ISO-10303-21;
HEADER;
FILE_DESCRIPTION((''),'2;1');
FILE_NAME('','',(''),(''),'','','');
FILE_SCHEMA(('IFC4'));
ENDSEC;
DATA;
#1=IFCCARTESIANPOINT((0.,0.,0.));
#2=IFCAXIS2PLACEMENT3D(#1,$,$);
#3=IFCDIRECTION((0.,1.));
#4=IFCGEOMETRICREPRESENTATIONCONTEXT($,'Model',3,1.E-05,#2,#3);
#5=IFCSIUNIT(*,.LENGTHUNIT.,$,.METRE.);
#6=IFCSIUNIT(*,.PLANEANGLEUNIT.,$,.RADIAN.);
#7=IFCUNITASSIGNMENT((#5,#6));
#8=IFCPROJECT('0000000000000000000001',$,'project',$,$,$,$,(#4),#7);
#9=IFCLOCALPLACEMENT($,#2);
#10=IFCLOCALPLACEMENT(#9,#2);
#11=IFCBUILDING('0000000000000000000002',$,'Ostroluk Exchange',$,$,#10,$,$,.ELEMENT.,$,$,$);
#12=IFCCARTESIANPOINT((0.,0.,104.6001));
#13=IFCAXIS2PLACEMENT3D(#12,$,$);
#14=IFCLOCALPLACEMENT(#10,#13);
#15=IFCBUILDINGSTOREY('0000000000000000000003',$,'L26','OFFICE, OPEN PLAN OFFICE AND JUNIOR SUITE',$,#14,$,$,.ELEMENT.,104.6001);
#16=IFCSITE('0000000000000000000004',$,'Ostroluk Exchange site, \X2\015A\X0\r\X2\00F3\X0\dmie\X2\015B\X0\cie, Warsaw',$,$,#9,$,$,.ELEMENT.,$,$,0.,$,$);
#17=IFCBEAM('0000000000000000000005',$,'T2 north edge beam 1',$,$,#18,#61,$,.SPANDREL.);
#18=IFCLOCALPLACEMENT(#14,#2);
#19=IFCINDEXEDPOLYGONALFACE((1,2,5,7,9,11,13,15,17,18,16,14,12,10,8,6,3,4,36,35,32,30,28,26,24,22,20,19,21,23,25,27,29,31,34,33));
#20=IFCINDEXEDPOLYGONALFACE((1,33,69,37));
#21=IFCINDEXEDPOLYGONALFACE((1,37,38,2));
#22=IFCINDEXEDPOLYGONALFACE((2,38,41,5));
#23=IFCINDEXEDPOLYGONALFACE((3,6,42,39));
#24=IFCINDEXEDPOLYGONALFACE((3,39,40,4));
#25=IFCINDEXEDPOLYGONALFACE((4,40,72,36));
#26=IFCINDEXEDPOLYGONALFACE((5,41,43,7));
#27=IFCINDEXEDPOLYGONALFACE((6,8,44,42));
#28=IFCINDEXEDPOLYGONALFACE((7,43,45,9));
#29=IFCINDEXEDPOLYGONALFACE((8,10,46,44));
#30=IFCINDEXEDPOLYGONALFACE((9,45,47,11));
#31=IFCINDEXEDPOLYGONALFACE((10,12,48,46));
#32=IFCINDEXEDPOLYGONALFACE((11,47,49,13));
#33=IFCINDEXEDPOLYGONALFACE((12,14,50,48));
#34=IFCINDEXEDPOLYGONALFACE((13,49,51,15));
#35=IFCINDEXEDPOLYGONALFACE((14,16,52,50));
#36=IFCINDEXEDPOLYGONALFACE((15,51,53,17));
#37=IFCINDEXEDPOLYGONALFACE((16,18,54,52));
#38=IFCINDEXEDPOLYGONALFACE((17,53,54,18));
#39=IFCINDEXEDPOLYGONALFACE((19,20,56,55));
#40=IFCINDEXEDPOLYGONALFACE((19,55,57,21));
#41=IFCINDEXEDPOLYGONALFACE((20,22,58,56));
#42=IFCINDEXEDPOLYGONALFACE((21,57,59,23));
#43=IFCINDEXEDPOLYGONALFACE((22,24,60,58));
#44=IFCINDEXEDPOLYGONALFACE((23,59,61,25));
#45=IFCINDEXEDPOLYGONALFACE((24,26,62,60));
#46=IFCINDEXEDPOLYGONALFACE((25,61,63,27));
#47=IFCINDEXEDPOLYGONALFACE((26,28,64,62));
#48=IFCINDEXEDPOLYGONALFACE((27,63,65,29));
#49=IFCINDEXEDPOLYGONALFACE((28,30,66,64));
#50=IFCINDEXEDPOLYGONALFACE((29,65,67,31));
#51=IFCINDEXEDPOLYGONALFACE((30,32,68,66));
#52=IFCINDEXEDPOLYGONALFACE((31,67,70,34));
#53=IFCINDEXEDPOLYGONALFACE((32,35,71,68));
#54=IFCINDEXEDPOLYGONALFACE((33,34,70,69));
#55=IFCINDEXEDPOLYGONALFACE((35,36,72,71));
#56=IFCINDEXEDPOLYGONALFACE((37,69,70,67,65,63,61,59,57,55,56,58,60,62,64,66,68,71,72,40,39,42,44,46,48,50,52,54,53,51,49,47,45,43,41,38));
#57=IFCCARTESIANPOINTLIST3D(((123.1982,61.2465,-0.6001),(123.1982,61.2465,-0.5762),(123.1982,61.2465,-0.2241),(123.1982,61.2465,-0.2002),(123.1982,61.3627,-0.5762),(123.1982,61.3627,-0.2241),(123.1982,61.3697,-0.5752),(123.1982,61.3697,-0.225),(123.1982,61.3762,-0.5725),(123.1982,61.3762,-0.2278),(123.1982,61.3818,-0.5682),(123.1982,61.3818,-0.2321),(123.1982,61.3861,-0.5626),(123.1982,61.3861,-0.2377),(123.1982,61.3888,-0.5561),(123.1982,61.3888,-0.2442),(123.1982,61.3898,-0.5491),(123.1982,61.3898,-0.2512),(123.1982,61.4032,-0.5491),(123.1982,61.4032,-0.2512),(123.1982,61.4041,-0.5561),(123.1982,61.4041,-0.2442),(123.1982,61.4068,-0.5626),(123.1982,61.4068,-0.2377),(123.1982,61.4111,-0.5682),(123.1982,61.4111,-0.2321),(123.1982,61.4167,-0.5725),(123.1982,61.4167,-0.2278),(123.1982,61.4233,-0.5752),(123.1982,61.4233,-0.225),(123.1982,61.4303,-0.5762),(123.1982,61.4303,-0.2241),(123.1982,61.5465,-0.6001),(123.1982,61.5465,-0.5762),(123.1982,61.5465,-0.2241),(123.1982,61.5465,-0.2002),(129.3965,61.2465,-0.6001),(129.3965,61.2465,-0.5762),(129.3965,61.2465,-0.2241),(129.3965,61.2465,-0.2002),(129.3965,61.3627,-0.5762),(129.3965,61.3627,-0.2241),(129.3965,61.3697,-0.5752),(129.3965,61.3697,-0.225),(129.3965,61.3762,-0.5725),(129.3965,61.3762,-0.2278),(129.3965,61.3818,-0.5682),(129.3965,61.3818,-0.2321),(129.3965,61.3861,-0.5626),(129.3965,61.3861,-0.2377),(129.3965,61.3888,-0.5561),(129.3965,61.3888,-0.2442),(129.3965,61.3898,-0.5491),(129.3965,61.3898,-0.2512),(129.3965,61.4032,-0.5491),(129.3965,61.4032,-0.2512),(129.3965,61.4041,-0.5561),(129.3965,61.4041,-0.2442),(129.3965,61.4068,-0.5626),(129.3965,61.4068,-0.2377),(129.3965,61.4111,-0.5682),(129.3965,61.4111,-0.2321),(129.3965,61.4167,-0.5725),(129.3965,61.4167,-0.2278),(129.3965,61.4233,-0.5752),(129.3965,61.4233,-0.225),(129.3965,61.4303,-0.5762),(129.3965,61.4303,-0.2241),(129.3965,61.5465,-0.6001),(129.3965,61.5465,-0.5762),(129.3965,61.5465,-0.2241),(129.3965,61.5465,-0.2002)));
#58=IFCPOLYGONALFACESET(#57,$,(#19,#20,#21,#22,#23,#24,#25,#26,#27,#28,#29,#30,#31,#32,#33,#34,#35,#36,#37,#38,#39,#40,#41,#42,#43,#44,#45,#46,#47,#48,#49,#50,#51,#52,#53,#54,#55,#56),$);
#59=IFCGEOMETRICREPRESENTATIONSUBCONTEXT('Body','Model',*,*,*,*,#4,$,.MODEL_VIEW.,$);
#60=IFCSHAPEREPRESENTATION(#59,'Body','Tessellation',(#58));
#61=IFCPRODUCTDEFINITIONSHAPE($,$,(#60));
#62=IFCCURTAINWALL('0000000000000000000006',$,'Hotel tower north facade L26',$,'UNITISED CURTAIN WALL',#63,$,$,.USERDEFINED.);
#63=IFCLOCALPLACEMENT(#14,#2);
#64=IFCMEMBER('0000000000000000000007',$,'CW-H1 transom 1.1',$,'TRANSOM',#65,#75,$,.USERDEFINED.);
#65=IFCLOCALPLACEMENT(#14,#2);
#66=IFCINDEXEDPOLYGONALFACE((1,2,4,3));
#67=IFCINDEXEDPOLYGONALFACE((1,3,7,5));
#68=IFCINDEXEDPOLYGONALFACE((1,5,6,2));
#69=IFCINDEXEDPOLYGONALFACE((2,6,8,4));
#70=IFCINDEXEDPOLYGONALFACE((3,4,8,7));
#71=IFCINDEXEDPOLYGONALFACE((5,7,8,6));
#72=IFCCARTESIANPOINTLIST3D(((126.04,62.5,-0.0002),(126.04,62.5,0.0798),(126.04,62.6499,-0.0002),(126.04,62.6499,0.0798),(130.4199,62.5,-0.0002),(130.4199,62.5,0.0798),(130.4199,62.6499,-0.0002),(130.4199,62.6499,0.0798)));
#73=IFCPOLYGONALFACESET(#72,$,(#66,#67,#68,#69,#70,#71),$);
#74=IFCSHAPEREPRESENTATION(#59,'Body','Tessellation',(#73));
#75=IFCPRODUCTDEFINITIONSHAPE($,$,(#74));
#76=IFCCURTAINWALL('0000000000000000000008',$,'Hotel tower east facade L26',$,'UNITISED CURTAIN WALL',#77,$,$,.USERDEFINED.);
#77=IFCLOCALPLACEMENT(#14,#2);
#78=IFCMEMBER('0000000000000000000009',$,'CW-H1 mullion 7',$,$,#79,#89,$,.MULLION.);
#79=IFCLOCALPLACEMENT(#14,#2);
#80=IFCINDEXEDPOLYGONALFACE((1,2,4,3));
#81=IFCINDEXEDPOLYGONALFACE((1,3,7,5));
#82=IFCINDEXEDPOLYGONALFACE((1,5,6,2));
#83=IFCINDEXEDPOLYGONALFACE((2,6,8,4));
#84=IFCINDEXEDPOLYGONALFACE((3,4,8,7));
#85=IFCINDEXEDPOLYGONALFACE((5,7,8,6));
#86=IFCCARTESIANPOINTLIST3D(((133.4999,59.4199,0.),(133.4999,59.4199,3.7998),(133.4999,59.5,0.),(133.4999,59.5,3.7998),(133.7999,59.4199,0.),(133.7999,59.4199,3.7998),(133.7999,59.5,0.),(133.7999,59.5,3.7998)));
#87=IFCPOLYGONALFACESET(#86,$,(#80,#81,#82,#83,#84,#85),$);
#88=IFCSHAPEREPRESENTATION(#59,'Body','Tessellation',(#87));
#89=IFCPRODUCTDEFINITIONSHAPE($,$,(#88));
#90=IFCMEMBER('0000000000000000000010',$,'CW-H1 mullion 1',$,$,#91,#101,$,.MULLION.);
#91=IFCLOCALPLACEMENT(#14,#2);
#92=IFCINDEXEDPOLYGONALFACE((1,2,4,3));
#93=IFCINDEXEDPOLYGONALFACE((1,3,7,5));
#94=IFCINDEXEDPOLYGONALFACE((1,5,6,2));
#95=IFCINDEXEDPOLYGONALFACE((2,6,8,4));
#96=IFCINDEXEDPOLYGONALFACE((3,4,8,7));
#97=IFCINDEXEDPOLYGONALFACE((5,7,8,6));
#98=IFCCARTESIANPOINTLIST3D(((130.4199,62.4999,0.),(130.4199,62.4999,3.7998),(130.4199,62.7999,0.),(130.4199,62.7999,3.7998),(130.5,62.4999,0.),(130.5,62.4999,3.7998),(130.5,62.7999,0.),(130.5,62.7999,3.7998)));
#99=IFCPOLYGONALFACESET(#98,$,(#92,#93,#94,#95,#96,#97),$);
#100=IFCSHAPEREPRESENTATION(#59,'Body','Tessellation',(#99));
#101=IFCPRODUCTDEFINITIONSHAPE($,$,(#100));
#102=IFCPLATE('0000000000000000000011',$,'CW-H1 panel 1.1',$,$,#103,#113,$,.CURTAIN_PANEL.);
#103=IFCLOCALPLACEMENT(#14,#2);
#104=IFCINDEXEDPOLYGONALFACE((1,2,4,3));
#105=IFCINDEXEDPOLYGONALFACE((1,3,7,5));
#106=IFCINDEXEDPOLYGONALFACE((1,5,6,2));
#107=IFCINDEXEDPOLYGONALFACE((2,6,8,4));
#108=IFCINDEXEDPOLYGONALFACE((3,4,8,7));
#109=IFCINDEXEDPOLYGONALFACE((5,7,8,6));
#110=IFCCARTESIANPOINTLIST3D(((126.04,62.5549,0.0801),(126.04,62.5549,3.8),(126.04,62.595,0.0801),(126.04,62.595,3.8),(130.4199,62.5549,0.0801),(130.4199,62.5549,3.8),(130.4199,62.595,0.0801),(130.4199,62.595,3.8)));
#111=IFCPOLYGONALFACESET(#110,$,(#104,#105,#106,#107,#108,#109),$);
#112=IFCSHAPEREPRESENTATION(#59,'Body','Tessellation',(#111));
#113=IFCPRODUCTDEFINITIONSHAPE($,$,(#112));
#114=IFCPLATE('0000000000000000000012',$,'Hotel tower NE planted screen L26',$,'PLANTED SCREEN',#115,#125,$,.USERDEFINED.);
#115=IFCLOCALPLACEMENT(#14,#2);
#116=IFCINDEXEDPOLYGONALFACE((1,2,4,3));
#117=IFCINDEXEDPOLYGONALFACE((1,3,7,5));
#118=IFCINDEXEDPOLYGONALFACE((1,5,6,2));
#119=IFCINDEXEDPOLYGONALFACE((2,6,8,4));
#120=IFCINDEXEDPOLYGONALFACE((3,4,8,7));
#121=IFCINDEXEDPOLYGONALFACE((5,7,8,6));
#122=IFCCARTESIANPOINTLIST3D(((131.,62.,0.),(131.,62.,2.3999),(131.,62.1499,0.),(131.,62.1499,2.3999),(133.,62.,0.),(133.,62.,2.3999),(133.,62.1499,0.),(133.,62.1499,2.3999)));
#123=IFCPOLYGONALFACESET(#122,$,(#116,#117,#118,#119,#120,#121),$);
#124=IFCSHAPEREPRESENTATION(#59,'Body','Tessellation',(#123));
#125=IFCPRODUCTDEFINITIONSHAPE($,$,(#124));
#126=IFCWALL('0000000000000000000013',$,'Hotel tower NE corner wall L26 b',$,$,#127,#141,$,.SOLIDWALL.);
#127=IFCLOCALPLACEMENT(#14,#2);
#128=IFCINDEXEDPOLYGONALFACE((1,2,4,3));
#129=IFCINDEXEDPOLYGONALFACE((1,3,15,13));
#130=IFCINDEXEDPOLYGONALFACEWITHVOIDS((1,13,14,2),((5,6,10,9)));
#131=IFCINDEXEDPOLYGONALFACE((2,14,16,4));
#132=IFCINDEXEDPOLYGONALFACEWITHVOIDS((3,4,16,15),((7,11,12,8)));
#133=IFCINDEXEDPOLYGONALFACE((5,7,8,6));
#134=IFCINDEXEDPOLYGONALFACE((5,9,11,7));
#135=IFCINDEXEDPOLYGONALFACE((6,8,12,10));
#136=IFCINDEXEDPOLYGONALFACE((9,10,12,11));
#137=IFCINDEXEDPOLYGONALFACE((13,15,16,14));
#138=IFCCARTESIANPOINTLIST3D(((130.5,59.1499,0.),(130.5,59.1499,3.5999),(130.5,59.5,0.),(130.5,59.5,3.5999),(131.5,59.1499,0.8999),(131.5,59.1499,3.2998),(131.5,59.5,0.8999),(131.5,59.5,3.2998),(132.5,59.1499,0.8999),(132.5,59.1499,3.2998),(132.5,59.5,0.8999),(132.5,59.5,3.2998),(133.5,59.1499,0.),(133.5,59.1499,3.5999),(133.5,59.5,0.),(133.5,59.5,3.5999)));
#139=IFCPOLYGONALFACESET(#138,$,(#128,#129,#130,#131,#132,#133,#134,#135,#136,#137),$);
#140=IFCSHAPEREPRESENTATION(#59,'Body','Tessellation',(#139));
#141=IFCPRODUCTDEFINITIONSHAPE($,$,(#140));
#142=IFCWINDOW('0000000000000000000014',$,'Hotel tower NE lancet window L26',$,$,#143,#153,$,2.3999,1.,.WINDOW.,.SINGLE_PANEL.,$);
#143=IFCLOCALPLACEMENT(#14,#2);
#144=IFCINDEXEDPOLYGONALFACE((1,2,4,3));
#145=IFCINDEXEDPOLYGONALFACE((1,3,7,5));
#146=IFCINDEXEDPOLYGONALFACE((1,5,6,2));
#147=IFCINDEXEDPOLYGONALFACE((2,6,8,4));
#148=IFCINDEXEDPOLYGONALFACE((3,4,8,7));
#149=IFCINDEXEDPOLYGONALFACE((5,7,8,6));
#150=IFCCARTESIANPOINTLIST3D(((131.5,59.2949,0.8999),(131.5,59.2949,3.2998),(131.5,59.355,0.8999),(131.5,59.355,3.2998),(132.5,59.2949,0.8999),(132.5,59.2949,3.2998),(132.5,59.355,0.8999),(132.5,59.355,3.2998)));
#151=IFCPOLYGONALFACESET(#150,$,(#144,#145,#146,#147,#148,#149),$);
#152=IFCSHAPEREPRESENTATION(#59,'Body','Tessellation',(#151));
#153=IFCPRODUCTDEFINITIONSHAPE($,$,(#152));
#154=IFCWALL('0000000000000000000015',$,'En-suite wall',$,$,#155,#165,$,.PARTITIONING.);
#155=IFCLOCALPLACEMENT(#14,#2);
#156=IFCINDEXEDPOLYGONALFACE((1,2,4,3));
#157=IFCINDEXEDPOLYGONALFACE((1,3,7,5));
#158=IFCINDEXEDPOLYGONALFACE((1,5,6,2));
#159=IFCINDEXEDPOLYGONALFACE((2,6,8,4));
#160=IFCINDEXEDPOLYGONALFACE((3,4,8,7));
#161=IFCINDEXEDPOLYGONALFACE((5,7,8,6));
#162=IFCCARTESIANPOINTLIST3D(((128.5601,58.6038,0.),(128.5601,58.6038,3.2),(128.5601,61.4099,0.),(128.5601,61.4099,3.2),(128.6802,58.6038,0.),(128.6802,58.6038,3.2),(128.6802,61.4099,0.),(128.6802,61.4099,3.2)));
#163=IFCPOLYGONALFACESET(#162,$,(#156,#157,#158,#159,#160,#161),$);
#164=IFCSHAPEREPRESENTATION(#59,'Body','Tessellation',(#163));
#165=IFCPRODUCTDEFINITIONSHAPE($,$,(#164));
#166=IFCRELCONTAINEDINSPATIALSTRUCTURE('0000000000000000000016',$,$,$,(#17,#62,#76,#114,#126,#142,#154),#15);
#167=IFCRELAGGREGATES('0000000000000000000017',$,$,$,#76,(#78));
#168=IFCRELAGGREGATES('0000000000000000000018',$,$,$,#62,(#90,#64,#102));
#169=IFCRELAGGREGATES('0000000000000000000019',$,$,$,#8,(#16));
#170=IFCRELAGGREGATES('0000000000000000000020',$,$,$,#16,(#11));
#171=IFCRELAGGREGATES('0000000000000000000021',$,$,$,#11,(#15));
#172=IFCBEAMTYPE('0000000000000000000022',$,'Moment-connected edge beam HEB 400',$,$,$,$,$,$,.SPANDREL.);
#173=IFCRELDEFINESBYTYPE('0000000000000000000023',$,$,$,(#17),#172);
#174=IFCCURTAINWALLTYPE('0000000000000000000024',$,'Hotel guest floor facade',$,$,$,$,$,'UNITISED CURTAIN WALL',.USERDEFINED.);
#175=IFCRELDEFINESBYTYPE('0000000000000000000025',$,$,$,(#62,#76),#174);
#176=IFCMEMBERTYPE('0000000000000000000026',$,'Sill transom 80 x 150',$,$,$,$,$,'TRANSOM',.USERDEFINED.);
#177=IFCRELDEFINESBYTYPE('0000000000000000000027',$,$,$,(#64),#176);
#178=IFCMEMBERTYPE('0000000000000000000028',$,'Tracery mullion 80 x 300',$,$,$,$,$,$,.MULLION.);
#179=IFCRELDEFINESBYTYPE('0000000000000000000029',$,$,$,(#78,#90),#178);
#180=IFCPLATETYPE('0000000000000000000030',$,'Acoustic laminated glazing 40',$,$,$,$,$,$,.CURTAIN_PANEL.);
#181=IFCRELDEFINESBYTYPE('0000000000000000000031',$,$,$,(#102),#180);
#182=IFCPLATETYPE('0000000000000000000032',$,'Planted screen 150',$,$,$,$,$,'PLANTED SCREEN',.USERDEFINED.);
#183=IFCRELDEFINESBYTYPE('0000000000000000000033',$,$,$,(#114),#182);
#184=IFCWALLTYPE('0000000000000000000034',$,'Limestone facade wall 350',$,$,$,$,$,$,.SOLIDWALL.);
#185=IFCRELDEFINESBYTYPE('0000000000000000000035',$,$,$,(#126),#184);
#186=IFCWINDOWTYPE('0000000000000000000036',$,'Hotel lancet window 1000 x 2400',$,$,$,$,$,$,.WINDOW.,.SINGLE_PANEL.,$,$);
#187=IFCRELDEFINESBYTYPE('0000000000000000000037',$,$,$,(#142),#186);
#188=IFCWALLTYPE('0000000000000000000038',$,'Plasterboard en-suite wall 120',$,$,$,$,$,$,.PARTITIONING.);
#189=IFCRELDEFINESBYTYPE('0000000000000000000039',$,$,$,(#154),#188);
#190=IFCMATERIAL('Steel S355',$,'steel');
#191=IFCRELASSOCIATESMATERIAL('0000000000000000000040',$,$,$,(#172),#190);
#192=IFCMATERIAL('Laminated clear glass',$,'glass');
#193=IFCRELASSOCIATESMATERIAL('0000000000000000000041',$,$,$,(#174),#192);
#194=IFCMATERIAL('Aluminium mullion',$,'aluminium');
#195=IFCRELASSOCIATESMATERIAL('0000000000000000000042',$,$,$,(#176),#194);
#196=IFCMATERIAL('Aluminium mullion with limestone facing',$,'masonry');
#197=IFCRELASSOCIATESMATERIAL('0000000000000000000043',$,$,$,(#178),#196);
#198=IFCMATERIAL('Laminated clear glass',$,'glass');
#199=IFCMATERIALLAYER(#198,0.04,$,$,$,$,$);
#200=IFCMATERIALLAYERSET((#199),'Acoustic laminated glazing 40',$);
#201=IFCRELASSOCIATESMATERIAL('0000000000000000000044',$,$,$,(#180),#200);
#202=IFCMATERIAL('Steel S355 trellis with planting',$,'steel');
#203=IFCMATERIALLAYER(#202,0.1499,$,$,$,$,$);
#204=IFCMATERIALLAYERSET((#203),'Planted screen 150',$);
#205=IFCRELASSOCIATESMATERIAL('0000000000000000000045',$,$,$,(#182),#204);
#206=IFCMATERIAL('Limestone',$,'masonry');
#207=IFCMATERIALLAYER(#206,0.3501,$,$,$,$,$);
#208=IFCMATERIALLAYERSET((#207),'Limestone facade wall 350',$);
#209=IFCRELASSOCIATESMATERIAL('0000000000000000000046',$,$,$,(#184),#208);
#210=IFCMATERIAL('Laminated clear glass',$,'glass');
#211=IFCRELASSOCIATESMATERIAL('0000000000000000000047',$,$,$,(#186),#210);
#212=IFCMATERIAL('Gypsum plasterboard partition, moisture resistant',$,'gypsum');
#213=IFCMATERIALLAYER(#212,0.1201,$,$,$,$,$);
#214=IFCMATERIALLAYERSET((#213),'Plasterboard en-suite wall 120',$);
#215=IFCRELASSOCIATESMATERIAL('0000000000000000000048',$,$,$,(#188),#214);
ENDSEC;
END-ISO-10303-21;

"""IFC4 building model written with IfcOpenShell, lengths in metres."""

from ifc_helpers import new_model, si_unit, direction, frame, frame_2d, origin, origin_2d, place, context, subcontext, project, spatial, rectangle, i_section, extrude, material, layer, layer_set, material_profile, profile_set, type_object, element, fill, aggregate, save


model = new_model("IFC4")

# Units and contexts
model_context = context("Model", 3, precision=1e-05, world=origin(), true_north=direction((0.0, 1.0)))
body_context = subcontext(model_context, "Body", "Model", "MODEL_VIEW")
ifc_project = project(units=[si_unit("LENGTHUNIT", "METRE"), si_unit("PLANEANGLEUNIT", "RADIAN")], contexts=[model_context])

# Site, building, storey
site_placement = place(None, origin())
site = spatial("IfcSite", under=ifc_project, at=site_placement, Name="Ostroluk Exchange site, Śródmieście, Warsaw", CompositionType="ELEMENT", RefElevation=0.0)
building_placement = place(site_placement, origin())
building = spatial("IfcBuilding", under=site, at=building_placement, Name="Ostroluk Exchange", CompositionType="ELEMENT")
storey_placement = place(building_placement, frame((0.0, 0.0, 104.6001)))
storey = spatial("IfcBuildingStorey", under=building, at=storey_placement, Name="L26", Description="OFFICE, OPEN PLAN OFFICE AND JUNIOR SUITE", CompositionType="ELEMENT", Elevation=104.6001)

# Beam
ifc_material_1 = material(Name="Steel S355", Category="steel")
ifc_material_profile_1 = material_profile(ifc_material_1, i_section(OverallWidth=0.3, OverallDepth=0.3999, WebThickness=0.0134, FlangeThickness=0.0239, FilletRadius=0.0271, at=origin_2d()), Name="HEB 400")
ifc_profile_set_1 = profile_set([ifc_material_profile_1], Name="Steel S355")
beam_type_1 = type_object("IfcBeamType", Name="Moment-connected edge beam HEB 400", PredefinedType="SPANDREL", material=ifc_profile_set_1)
beam_1_placement = place(storey_placement, frame((129.3965, 61.3965, -0.4001), z_axis=(-1.0, 0.0, 0.0), x_axis=(0.0, -1.0, 0.0)))
element("IfcBeam", 1, at=beam_1_placement, inside=storey, type_object=beam_type_1, Name="T2 north edge beam 1", PredefinedType="SPANDREL", context=body_context, shape_type="SweptSolid", body=[
    extrude(i_section(OverallWidth=0.3, OverallDepth=0.3999, WebThickness=0.0134, FlangeThickness=0.0239, FilletRadius=0.0271, at=origin_2d()), origin(), (0.0, 0.0, 1.0), 6.1982),
])

# Curtain walls, members
ifc_material_2 = material(Name="Laminated clear glass", Category="glass")
curtain_wall_type = type_object("IfcCurtainWallType", Name="Hotel guest floor facade", ElementType="UNITISED CURTAIN WALL", PredefinedType="USERDEFINED", material=ifc_material_2)
curtain_wall_1_placement = place(storey_placement, origin())
curtain_wall_1 = element("IfcCurtainWall", 2, at=curtain_wall_1_placement, inside=storey, type_object=curtain_wall_type, Name="Hotel tower north facade L26", ObjectType="UNITISED CURTAIN WALL", PredefinedType="USERDEFINED")
ifc_material_3 = material(Name="Aluminium mullion", Category="aluminium")
ifc_material_profile_2 = material_profile(ifc_material_3, rectangle(XDim=0.1499, YDim=0.0801, at=origin_2d()), Name="Sill transom 80 x 150")
ifc_profile_set_2 = profile_set([ifc_material_profile_2], Name="Aluminium mullion")
member_type_1 = type_object("IfcMemberType", Name="Sill transom 80 x 150", ElementType="TRANSOM", PredefinedType="USERDEFINED", material=ifc_profile_set_2)
member_1_placement = place(storey_placement, frame((130.4199, 62.575, 0.0398), z_axis=(-1.0, 0.0, 0.0), x_axis=(0.0, -1.0, 0.0)))
member_1 = element("IfcMember", 3, at=member_1_placement, type_object=member_type_1, Name="CW-H1 transom 1.1", ObjectType="TRANSOM", PredefinedType="USERDEFINED", context=body_context, shape_type="SweptSolid", body=[
    extrude(rectangle(XDim=0.1499, YDim=0.0801, at=origin_2d()), origin(), (0.0, 0.0, 1.0), 4.3799),
])
curtain_wall_2_placement = place(storey_placement, origin())
curtain_wall_2 = element("IfcCurtainWall", 4, at=curtain_wall_2_placement, inside=storey, type_object=curtain_wall_type, Name="Hotel tower east facade L26", ObjectType="UNITISED CURTAIN WALL", PredefinedType="USERDEFINED")
ifc_material_4 = material(Name="Aluminium mullion with limestone facing", Category="masonry")
ifc_material_profile_3 = material_profile(ifc_material_4, rectangle(XDim=0.3, YDim=0.0801, at=origin_2d()), Name="Tracery mullion 80 x 300")
ifc_profile_set_3 = profile_set([ifc_material_profile_3], Name="Aluminium mullion with limestone facing")
member_type_2 = type_object("IfcMemberType", Name="Tracery mullion 80 x 300", PredefinedType="MULLION", material=ifc_profile_set_3)
member_2_placement = place(storey_placement, frame((133.6499, 59.46, 0.0), z_axis=(0.0, 0.0, 1.0), x_axis=(-1.0, 0.0, 0.0)))
member_2 = element("IfcMember", 5, at=member_2_placement, type_object=member_type_2, Name="CW-H1 mullion 7", PredefinedType="MULLION", context=body_context, shape_type="SweptSolid", body=[
    extrude(rectangle(XDim=0.3, YDim=0.0801, at=origin_2d()), origin(), (0.0, 0.0, 1.0), 3.7998),
])
aggregate(curtain_wall_2, [member_2])

# Member
member_3_placement = place(storey_placement, frame((130.46, 62.6499, 0.0), z_axis=(0.0, 0.0, 1.0), x_axis=(0.0, -1.0, 0.0)))
member_3 = element("IfcMember", 6, at=member_3_placement, type_object=member_type_2, Name="CW-H1 mullion 1", PredefinedType="MULLION", context=body_context, shape_type="SweptSolid", body=[
    extrude(rectangle(XDim=0.3, YDim=0.0801, at=origin_2d()), origin(), (0.0, 0.0, 1.0), 3.7998),
])

# Plates
ifc_material_5 = material(Name="Laminated clear glass", Category="glass")
ifc_layer_1 = layer(ifc_material_5, 0.04)
ifc_layer_set_1 = layer_set([ifc_layer_1], Name="Acoustic laminated glazing 40")
plate_type_1 = type_object("IfcPlateType", Name="Acoustic laminated glazing 40", PredefinedType="CURTAIN_PANEL", material=ifc_layer_set_1)
plate_1_placement = place(storey_placement, frame((128.23, 62.575, 0.0801), z_axis=(0.0, 0.0, 1.0), x_axis=(-1.0, 0.0, 0.0)))
plate_1 = element("IfcPlate", 7, at=plate_1_placement, type_object=plate_type_1, Name="CW-H1 panel 1.1", PredefinedType="CURTAIN_PANEL", context=body_context, shape_type="SweptSolid", body=[
    extrude(rectangle(XDim=4.3799, YDim=0.04, at=origin_2d()), origin(), (0.0, 0.0, 1.0), 3.72),
])
aggregate(curtain_wall_1, [member_3, member_1, plate_1])
ifc_material_6 = material(Name="Steel S355 trellis with planting", Category="steel")
ifc_layer_2 = layer(ifc_material_6, 0.1499)
ifc_layer_set_2 = layer_set([ifc_layer_2], Name="Planted screen 150")
plate_type_2 = type_object("IfcPlateType", Name="Planted screen 150", ElementType="PLANTED SCREEN", PredefinedType="USERDEFINED", material=ifc_layer_set_2)
plate_2_placement = place(storey_placement, frame((132.0, 62.075, 0.0), z_axis=(0.0, 0.0, 1.0), x_axis=(1.0, 0.0, 0.0)))
element("IfcPlate", 8, at=plate_2_placement, inside=storey, type_object=plate_type_2, Name="Hotel tower NE planted screen L26", ObjectType="PLANTED SCREEN", PredefinedType="USERDEFINED", context=body_context, shape_type="SweptSolid", body=[
    extrude(rectangle(XDim=2.0, YDim=0.1499, at=origin_2d()), origin(), (0.0, 0.0, 1.0), 2.3999),
])

# Shared definitions
ifc_material_7 = material(Name="Limestone", Category="masonry")
ifc_layer_3 = layer(ifc_material_7, 0.3501)
ifc_layer_set_3 = layer_set([ifc_layer_3], Name="Limestone facade wall 350")
wall_type_1 = type_object("IfcWallType", Name="Limestone facade wall 350", PredefinedType="SOLIDWALL", material=ifc_layer_set_3)

# Wall, opening, window
wall_1_placement = place(storey_placement, frame((130.5, 59.325, 0.0), z_axis=(0.0, 0.0, 1.0), x_axis=(1.0, 0.0, 0.0)))
wall_1 = element("IfcWall", 9, at=wall_1_placement, inside=storey, type_object=wall_type_1, Name="Hotel tower NE corner wall L26 b", PredefinedType="SOLIDWALL", context=body_context, shape_type="SweptSolid", body=[
    extrude(rectangle(XDim=3.0, YDim=0.3501, at=frame_2d((1.5, 0.0))), origin(), (0.0, 0.0, 1.0), 3.5999),
])
opening_1_placement = place(wall_1_placement, frame((1.0, 0.0, 0.8999)))
opening_1 = element("IfcOpeningElement", 10, at=opening_1_placement, cuts=wall_1, PredefinedType="OPENING", context=body_context, shape_type="SweptSolid", body=[
    extrude(rectangle(XDim=1.0, YDim=2.3999, at=frame_2d((0.5, 1.2))), frame((0.0, 0.1851, 0.0), z_axis=(0.0, -1.0, 0.0), x_axis=(1.0, 0.0, 0.0)), (0.0, 0.0, 1.0), 0.3701),
])
ifc_material_8 = material(Name="Laminated clear glass", Category="glass")
window_type = type_object("IfcWindowType", Name="Hotel lancet window 1000 x 2400", PartitioningType="SINGLE_PANEL", PredefinedType="WINDOW", material=ifc_material_8)
window_placement = place(opening_1_placement, origin())
window = element("IfcWindow", 11, at=window_placement, inside=storey, type_object=window_type, Name="Hotel tower NE lancet window L26", OverallHeight=2.3999, OverallWidth=1.0, PartitioningType="SINGLE_PANEL", PredefinedType="WINDOW", context=body_context, shape_type="SweptSolid", body=[
    extrude(rectangle(XDim=1.0, YDim=2.3999, at=frame_2d((0.5, 1.2))), frame((0.0, 0.03, 0.0), z_axis=(0.0, -1.0, 0.0), x_axis=(1.0, 0.0, 0.0)), (0.0, 0.0, 1.0), 0.0601),
])
fill(opening_1, window)

# Wall
ifc_material_9 = material(Name="Gypsum plasterboard partition, moisture resistant", Category="gypsum")
ifc_layer_4 = layer(ifc_material_9, 0.1201)
ifc_layer_set_4 = layer_set([ifc_layer_4], Name="Plasterboard en-suite wall 120")
wall_type_2 = type_object("IfcWallType", Name="Plasterboard en-suite wall 120", PredefinedType="PARTITIONING", material=ifc_layer_set_4)
wall_2_placement = place(storey_placement, frame((128.6201, 58.6038, 0.0), z_axis=(0.0, 0.0, 1.0), x_axis=(0.0, 1.0, 0.0)))
element("IfcWall", 12, at=wall_2_placement, inside=storey, type_object=wall_type_2, Name="En-suite wall", PredefinedType="PARTITIONING", context=body_context, shape_type="SweptSolid", body=[
    extrude(rectangle(XDim=2.8062, YDim=0.1201, at=frame_2d((1.4031, 0.0))), origin(), (0.0, 0.0, 1.0), 3.2),
])

save(model, "model.ifc")
